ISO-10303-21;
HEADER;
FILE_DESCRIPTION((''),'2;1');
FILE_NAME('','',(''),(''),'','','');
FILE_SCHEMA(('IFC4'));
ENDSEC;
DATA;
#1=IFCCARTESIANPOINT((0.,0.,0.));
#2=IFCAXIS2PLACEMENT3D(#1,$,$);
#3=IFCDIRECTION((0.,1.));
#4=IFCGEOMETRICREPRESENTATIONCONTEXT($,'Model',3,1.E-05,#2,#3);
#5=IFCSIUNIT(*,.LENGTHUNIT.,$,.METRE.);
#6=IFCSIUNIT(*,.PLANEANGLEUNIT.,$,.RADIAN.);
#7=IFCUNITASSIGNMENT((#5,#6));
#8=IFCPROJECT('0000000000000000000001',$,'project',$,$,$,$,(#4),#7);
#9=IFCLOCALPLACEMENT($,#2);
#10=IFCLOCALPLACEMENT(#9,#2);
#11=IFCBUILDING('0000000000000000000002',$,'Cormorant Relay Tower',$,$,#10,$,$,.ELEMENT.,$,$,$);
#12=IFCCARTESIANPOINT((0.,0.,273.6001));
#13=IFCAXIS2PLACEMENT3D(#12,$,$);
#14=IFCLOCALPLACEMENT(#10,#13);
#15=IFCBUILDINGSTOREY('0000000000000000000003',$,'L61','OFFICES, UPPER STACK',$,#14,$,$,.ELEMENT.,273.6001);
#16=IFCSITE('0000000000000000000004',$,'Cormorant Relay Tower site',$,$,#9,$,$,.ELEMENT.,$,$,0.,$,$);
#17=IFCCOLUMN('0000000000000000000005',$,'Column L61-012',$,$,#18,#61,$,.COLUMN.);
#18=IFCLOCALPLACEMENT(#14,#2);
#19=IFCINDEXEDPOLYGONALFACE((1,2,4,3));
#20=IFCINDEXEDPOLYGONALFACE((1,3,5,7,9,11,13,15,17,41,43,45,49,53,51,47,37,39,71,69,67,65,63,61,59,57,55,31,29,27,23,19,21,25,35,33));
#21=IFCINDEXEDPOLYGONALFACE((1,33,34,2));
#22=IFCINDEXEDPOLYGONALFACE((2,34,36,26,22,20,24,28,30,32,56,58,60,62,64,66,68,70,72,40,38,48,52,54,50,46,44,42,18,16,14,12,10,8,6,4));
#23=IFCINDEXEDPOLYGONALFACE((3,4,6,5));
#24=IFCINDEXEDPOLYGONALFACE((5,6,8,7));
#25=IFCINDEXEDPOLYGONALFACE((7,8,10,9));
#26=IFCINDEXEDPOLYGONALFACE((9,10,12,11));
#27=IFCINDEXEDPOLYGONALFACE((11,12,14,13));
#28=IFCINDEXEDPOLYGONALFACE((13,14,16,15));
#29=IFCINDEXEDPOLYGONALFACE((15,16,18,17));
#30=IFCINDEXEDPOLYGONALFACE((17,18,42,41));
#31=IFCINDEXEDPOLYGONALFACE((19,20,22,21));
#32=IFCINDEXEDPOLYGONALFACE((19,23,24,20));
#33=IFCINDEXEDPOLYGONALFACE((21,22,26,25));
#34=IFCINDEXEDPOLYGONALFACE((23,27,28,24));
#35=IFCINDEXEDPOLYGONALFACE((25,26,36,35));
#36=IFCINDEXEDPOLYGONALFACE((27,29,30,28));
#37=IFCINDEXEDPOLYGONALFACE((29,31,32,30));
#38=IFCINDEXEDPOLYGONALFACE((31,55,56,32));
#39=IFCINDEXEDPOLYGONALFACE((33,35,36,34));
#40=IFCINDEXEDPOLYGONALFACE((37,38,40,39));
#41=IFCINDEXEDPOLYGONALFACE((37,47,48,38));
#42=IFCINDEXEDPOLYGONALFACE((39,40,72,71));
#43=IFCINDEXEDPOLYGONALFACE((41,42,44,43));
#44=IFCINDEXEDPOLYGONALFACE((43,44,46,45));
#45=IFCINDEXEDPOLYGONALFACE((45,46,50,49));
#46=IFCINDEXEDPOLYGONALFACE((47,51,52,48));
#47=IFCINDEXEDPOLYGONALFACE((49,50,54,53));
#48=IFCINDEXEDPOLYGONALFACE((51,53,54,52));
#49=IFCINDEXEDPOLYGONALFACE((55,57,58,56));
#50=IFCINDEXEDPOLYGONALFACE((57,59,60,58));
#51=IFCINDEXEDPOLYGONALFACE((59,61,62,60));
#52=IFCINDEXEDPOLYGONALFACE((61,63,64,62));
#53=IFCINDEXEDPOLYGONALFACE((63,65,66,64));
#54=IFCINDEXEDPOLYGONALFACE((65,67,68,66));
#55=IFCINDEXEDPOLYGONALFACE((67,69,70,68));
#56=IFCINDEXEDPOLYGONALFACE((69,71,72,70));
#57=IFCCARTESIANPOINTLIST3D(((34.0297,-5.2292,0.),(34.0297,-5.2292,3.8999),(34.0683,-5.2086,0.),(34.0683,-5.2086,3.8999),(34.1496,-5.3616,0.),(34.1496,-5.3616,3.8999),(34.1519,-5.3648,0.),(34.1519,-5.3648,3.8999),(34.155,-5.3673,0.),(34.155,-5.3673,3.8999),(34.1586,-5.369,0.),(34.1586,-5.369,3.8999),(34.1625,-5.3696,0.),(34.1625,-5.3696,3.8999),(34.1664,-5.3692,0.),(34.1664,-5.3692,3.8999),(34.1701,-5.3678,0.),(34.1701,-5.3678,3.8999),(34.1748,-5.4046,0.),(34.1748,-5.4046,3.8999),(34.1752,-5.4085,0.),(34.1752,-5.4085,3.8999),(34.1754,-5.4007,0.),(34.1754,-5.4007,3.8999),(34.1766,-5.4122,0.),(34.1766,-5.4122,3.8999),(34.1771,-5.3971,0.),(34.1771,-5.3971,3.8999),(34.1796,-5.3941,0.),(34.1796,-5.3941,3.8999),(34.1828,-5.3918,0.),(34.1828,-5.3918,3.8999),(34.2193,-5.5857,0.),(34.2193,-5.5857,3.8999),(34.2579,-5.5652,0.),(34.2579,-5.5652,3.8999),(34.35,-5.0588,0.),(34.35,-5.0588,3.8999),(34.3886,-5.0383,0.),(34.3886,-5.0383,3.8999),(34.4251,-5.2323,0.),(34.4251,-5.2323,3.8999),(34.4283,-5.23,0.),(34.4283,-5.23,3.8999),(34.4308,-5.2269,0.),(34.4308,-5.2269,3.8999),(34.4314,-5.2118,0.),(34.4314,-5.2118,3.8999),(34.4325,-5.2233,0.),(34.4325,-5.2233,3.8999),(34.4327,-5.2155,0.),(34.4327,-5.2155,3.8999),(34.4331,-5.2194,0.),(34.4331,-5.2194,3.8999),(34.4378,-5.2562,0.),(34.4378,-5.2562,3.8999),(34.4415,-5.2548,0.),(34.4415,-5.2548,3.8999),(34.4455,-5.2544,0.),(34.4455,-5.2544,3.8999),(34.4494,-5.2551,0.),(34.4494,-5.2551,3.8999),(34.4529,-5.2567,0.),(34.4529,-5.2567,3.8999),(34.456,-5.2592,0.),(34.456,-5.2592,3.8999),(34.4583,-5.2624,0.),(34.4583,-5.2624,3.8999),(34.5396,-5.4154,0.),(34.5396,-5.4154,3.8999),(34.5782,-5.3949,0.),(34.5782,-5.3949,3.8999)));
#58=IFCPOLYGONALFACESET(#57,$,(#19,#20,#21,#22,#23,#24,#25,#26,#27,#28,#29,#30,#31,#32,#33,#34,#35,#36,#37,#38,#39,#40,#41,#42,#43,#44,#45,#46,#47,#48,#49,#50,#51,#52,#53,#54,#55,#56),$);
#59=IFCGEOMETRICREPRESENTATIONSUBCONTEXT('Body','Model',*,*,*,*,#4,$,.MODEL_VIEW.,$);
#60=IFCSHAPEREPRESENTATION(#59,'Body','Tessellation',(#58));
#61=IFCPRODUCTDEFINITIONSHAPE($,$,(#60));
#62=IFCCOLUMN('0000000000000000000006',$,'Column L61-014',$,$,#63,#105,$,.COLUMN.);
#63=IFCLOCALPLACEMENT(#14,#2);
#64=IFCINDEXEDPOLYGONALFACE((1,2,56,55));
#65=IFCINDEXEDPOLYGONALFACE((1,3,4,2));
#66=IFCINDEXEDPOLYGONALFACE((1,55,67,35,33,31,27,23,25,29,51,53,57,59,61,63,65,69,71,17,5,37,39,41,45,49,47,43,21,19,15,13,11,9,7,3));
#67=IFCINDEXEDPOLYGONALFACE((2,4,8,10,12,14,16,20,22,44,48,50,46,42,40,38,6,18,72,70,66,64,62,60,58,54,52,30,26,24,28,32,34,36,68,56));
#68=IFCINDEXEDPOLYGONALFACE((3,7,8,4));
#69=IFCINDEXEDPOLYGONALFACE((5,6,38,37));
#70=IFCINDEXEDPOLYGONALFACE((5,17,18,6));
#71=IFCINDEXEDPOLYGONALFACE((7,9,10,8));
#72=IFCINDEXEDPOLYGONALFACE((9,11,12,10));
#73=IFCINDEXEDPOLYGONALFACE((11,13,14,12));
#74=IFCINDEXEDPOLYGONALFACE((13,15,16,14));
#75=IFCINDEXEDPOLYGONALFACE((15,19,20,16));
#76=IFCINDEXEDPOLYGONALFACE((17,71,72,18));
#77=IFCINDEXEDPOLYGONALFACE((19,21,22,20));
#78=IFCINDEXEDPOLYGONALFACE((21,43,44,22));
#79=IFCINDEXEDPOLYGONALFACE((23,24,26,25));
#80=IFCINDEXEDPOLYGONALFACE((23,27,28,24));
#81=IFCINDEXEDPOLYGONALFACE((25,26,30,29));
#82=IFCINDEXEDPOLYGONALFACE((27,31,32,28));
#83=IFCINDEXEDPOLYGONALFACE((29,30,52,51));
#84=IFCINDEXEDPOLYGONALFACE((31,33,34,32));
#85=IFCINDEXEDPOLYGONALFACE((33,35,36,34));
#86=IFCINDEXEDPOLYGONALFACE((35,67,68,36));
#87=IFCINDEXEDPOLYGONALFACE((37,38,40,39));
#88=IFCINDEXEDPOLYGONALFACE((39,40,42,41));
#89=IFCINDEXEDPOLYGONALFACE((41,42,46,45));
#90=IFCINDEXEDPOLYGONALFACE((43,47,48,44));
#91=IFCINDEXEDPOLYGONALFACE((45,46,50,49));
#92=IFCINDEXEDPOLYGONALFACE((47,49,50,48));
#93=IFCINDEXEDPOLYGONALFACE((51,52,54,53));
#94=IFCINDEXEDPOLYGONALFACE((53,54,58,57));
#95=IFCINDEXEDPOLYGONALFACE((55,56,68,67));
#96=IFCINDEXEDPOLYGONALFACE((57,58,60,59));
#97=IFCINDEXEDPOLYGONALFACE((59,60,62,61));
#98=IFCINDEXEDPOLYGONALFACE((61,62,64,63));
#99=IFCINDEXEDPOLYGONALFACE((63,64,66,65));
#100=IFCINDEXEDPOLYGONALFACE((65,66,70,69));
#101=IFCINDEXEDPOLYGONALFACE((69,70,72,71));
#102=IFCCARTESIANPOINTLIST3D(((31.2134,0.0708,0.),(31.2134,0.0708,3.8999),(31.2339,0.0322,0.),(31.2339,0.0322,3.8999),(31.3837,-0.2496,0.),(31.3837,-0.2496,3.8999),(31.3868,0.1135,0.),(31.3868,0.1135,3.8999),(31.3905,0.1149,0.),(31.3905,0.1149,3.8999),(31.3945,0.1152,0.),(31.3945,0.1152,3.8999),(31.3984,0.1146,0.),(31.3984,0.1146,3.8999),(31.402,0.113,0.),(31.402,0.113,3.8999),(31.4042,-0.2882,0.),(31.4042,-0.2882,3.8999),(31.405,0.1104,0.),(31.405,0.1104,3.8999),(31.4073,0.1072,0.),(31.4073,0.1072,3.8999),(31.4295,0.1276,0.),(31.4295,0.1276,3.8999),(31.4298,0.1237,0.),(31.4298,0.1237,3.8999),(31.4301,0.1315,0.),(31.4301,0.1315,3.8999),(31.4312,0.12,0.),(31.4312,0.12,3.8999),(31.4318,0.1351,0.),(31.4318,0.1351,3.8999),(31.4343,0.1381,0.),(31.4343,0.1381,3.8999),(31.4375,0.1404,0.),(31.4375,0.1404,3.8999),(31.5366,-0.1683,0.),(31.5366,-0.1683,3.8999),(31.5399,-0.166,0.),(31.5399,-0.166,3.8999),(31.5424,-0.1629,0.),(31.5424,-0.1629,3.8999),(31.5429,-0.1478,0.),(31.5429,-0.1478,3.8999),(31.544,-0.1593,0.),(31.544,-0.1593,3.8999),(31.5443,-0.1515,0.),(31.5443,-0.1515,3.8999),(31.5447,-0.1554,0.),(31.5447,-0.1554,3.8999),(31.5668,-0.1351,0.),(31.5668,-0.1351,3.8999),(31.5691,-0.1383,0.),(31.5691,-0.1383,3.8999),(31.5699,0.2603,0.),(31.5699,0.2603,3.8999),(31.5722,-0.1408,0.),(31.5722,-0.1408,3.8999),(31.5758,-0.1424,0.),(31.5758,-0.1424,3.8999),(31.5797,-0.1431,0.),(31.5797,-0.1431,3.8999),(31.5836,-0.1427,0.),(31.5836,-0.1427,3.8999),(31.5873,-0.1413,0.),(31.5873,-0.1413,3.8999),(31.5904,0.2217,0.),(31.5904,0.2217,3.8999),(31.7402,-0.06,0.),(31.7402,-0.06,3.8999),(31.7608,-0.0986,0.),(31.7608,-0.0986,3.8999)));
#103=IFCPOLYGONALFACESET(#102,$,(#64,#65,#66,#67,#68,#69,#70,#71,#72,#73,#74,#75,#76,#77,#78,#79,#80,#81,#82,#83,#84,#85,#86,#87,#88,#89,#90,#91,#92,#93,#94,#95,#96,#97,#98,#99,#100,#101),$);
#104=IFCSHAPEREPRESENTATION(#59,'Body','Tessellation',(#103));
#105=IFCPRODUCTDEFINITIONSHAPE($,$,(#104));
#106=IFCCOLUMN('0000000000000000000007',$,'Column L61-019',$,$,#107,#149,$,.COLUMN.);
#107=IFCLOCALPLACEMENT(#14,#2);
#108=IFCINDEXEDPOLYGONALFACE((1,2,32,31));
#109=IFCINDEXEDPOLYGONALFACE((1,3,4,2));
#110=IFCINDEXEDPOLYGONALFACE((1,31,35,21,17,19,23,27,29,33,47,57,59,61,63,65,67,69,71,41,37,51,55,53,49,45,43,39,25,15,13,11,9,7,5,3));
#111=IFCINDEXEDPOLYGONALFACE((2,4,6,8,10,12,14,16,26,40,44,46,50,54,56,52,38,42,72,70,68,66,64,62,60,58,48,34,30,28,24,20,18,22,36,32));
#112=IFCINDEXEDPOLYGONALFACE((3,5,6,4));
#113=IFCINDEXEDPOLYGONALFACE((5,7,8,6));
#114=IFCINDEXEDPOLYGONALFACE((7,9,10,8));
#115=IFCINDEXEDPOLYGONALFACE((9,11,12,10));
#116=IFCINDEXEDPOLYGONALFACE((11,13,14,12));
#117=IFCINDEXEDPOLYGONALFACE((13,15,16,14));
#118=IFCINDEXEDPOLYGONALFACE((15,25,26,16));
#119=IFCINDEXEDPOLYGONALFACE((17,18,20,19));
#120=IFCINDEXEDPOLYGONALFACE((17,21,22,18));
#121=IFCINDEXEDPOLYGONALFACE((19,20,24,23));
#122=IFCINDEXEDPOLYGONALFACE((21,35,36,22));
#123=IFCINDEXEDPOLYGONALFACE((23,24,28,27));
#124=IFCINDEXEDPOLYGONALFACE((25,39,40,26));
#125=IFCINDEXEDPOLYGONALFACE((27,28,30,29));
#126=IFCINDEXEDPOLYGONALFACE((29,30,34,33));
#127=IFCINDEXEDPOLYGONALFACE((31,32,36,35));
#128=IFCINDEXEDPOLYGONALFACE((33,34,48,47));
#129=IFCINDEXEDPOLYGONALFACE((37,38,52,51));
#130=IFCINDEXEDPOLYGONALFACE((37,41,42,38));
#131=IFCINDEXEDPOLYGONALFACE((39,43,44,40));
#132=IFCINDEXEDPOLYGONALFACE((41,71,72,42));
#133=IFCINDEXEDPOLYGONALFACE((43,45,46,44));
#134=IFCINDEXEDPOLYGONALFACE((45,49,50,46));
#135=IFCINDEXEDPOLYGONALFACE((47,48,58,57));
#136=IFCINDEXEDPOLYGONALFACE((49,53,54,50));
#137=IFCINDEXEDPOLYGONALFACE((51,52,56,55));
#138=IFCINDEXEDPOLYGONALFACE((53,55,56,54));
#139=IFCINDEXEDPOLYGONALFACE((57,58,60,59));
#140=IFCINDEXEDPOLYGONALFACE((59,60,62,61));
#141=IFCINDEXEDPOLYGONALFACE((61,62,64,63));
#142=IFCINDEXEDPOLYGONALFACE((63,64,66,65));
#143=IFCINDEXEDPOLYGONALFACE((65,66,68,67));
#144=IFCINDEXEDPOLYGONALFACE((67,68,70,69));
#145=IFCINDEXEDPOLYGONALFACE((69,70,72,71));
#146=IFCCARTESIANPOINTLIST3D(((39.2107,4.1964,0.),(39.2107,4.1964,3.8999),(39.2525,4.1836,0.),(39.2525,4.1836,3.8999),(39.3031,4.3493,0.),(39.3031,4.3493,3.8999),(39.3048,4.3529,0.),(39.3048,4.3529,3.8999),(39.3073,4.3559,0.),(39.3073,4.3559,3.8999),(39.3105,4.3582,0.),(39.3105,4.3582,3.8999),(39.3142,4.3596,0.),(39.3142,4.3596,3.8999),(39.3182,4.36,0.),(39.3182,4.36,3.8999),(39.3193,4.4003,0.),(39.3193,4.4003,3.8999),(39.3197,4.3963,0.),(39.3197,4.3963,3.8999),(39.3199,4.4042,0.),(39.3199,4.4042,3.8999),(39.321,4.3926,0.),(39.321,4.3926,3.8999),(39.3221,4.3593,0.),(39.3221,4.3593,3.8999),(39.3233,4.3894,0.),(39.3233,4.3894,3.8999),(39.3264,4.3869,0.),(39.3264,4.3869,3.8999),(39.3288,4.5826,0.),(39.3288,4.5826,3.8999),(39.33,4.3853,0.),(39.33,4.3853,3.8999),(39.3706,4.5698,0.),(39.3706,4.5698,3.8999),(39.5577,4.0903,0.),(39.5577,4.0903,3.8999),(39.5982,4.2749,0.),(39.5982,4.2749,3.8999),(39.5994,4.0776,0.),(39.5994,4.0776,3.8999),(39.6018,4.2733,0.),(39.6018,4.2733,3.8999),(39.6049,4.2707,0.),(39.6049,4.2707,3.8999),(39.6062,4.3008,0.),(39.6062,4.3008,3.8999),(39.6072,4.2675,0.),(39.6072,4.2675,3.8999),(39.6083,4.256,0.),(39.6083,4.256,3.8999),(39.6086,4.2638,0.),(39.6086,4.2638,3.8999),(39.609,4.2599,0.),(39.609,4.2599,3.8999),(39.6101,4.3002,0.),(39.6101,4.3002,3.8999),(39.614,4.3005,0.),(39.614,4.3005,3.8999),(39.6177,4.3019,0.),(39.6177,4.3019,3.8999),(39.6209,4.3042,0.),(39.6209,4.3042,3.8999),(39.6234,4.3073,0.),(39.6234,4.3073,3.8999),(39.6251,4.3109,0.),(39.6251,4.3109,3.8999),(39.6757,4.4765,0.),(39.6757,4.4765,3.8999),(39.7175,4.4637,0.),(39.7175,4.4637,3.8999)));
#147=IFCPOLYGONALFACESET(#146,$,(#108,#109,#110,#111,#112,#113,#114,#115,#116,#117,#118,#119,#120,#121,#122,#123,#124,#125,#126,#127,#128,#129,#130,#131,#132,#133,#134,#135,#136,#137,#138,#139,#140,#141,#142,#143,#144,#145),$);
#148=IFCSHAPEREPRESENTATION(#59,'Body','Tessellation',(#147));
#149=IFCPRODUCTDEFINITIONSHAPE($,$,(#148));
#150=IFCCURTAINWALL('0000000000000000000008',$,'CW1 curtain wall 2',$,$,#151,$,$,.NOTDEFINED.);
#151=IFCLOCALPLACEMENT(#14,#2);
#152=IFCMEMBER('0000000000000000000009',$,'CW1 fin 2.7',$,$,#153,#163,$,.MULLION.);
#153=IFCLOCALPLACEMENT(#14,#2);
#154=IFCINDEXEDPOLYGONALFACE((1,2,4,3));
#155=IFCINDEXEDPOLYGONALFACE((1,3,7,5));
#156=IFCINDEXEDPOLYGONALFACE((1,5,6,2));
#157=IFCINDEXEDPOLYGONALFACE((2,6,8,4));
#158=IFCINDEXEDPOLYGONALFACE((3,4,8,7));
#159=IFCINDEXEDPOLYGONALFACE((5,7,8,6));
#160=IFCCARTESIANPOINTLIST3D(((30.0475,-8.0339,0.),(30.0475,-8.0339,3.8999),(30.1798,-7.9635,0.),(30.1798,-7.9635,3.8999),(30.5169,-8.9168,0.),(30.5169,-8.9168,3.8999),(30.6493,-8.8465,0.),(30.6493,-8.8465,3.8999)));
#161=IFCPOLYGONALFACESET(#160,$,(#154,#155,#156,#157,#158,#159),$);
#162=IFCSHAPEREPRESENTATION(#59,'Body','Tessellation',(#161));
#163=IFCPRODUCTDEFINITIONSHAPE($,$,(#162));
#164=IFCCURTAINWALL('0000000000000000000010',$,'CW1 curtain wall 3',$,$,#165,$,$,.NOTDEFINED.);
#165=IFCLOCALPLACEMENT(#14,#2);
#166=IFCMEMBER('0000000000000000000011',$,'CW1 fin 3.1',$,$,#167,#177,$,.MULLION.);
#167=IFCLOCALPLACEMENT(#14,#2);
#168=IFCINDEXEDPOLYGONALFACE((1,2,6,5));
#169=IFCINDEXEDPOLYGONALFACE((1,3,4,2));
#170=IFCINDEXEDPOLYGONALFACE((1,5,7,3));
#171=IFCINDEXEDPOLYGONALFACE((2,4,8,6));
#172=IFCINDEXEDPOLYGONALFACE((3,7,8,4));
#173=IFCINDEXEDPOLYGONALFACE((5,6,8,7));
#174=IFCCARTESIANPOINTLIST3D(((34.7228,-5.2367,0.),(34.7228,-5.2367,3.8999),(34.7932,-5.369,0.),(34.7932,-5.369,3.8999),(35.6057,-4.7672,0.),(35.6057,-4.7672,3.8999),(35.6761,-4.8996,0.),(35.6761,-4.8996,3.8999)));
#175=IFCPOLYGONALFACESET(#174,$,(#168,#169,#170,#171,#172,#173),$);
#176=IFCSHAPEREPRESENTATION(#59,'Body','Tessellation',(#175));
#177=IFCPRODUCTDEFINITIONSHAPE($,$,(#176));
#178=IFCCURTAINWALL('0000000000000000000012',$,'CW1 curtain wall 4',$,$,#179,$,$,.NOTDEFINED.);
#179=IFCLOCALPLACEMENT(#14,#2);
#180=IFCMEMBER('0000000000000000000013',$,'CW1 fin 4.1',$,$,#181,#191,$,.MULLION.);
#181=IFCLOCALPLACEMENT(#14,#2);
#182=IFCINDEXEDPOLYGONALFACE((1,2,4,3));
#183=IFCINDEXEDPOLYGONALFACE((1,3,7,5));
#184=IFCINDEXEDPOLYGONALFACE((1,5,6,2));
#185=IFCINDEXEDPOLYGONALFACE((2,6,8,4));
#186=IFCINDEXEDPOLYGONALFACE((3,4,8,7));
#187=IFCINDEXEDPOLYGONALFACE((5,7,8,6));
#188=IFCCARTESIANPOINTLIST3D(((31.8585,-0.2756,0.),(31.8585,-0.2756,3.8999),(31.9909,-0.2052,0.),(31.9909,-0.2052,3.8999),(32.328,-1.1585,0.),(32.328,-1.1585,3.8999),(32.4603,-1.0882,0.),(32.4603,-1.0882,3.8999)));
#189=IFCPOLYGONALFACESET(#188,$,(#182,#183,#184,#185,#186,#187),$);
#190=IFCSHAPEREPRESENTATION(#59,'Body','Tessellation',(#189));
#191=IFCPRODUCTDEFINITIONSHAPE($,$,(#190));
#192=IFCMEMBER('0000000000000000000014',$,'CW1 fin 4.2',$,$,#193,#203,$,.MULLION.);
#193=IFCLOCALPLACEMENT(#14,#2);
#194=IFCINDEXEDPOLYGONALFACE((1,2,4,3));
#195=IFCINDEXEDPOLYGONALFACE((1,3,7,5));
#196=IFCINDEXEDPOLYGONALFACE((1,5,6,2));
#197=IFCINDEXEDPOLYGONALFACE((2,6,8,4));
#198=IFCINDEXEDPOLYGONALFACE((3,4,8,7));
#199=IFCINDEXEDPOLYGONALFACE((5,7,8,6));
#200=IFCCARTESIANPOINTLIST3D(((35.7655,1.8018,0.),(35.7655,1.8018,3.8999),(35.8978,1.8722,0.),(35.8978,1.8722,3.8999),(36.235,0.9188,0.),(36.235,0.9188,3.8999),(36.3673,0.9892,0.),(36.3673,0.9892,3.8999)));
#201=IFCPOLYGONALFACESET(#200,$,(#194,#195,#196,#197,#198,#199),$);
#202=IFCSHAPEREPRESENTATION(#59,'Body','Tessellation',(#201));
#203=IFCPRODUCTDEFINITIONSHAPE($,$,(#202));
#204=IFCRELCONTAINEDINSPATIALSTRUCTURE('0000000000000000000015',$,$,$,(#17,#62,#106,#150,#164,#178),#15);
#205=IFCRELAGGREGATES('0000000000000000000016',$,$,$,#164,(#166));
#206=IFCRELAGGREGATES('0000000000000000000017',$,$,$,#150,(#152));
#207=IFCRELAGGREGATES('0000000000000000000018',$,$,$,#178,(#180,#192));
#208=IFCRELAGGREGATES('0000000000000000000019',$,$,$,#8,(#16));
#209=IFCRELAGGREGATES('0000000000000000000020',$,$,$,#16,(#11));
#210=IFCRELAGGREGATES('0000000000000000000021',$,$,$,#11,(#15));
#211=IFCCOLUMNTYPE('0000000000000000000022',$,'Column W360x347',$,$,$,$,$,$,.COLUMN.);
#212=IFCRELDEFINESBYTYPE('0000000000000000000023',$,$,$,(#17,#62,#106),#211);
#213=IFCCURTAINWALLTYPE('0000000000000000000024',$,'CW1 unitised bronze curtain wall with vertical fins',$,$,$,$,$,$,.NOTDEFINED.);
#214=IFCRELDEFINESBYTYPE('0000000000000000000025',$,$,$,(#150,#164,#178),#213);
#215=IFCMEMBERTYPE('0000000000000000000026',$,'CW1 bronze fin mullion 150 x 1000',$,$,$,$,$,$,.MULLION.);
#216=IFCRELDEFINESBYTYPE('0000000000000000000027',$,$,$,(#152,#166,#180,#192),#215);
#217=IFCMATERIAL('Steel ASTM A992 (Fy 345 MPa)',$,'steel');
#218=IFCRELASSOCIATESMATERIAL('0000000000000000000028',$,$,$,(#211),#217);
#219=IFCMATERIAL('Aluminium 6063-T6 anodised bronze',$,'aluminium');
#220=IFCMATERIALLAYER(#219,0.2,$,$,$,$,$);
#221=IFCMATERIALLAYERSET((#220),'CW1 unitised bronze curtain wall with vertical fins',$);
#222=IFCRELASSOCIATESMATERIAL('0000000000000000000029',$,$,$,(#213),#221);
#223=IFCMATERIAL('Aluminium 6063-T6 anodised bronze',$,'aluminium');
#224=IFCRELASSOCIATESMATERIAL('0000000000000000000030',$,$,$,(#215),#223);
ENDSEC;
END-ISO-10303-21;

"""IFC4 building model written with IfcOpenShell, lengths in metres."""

from ifc_helpers import new_model, si_unit, direction, frame, origin, origin_2d, place, context, subcontext, project, spatial, rectangle, i_section, extrude, material, layer, layer_set, material_profile, profile_set, type_object, element, aggregate, save


model = new_model("IFC4")

# Units and contexts
model_context = context("Model", 3, precision=1e-05, world=origin(), true_north=direction((0.0, 1.0)))
body_context = subcontext(model_context, "Body", "Model", "MODEL_VIEW")
ifc_project = project(units=[si_unit("LENGTHUNIT", "METRE"), si_unit("PLANEANGLEUNIT", "RADIAN")], contexts=[model_context])

# Site, building, storey
site_placement = place(None, origin())
site = spatial("IfcSite", under=ifc_project, at=site_placement, Name="Cormorant Relay Tower site", CompositionType="ELEMENT", RefElevation=0.0)
building_placement = place(site_placement, origin())
building = spatial("IfcBuilding", under=site, at=building_placement, Name="Cormorant Relay Tower", CompositionType="ELEMENT")
storey_placement = place(building_placement, frame((0.0, 0.0, 273.6001)))
storey = spatial("IfcBuildingStorey", under=building, at=storey_placement, Name="L61", Description="OFFICES, UPPER STACK", CompositionType="ELEMENT", Elevation=273.6001)

# Columns
ifc_material_1 = material(Name="Steel ASTM A992 (Fy 345 MPa)", Category="steel")
ifc_material_profile_1 = material_profile(ifc_material_1, i_section(OverallWidth=0.4038, OverallDepth=0.4065, WebThickness=0.0271, FlangeThickness=0.0437, FilletRadius=0.0151, at=origin_2d()), Name="W360x347")
ifc_profile_set_1 = profile_set([ifc_material_profile_1], Name="Steel ASTM A992 (Fy 345 MPa)")
column_type = type_object("IfcColumnType", Name="Column W360x347", PredefinedType="COLUMN", material=ifc_profile_set_1)
for number, where, z_axis, x_axis, name in (
    (1, (34.304, -5.312, 0.0), (0.0, 0.0, 1.0), (-0.469472, 0.882948, 0.0), "Column L61-012"),
    (2, (31.4871, -0.0139, 0.0), (0.0, 0.0, 1.0), (0.882948, 0.469472, 0.0), "Column L61-014"),
    (3, (39.4641, 4.3301, 0.0), (0.0, 0.0, 1.0), (0.292372, 0.956305, 0.0), "Column L61-019"),
):
    element("IfcColumn", number, at=place(storey_placement, frame(where, z_axis=z_axis, x_axis=x_axis)), inside=storey, type_object=column_type, Name=name, PredefinedType="COLUMN", context=body_context, shape_type="SweptSolid", body=[
        extrude(i_section(OverallWidth=0.4038, OverallDepth=0.4065, WebThickness=0.0271, FlangeThickness=0.0437, FilletRadius=0.0151, at=origin_2d()), origin(), (0.0, 0.0, 1.0), 3.8999),
    ])

# Curtain walls, members
ifc_material_2 = material(Name="Aluminium 6063-T6 anodised bronze", Category="aluminium")
ifc_layer_1 = layer(ifc_material_2, 0.2)
ifc_layer_set_1 = layer_set([ifc_layer_1], Name="CW1 unitised bronze curtain wall with vertical fins")
curtain_wall_type = type_object("IfcCurtainWallType", Name="CW1 unitised bronze curtain wall with vertical fins", PredefinedType="NOTDEFINED", material=ifc_layer_set_1)
curtain_wall_1_placement = place(storey_placement, origin())
curtain_wall_1 = element("IfcCurtainWall", 4, at=curtain_wall_1_placement, inside=storey, type_object=curtain_wall_type, Name="CW1 curtain wall 2", PredefinedType="NOTDEFINED")
ifc_material_3 = material(Name="Aluminium 6063-T6 anodised bronze", Category="aluminium")
ifc_material_profile_2 = material_profile(ifc_material_3, rectangle(XDim=0.1499, YDim=1.0, at=origin_2d()), Name="AL 150x1000")
ifc_profile_set_2 = profile_set([ifc_material_profile_2], Name="Aluminium 6063-T6 anodised bronze")
member_type_1 = type_object("IfcMemberType", Name="CW1 bronze fin mullion 150 x 1000", PredefinedType="MULLION", material=ifc_profile_set_2)
member_1_placement = place(storey_placement, frame((30.3484, -8.4402, 0.0), z_axis=(0.0, 0.0, 1.0), x_axis=(0.882948, 0.469472, 0.0)))
member_1 = element("IfcMember", 5, at=member_1_placement, type_object=member_type_1, Name="CW1 fin 2.7", PredefinedType="MULLION", context=body_context, shape_type="SweptSolid", body=[
    extrude(rectangle(XDim=0.1499, YDim=1.0, at=origin_2d()), origin(), (0.0, 0.0, 1.0), 3.8999),
])
curtain_wall_2_placement = place(storey_placement, origin())
curtain_wall_2 = element("IfcCurtainWall", 6, at=curtain_wall_2_placement, inside=storey, type_object=curtain_wall_type, Name="CW1 curtain wall 3", PredefinedType="NOTDEFINED")
member_2_placement = place(storey_placement, frame((35.1995, -5.0681, 0.0), z_axis=(0.0, 0.0, 1.0), x_axis=(-0.469472, 0.882948, 0.0)))
member_2 = element("IfcMember", 7, at=member_2_placement, type_object=member_type_1, Name="CW1 fin 3.1", PredefinedType="MULLION", context=body_context, shape_type="SweptSolid", body=[
    extrude(rectangle(XDim=0.1499, YDim=1.0, at=origin_2d()), origin(), (0.0, 0.0, 1.0), 3.8999),
])

# Curtain wall, members
curtain_wall_3_placement = place(storey_placement, origin())
curtain_wall_3 = element("IfcCurtainWall", 8, at=curtain_wall_3_placement, inside=storey, type_object=curtain_wall_type, Name="CW1 curtain wall 4", PredefinedType="NOTDEFINED")
member_3_placement = place(storey_placement, frame((32.1594, -0.6819, 0.0), z_axis=(0.0, 0.0, 1.0), x_axis=(0.882948, 0.469472, 0.0)))
member_3 = element("IfcMember", 9, at=member_3_placement, type_object=member_type_1, Name="CW1 fin 4.1", PredefinedType="MULLION", context=body_context, shape_type="SweptSolid", body=[
    extrude(rectangle(XDim=0.1499, YDim=1.0, at=origin_2d()), origin(), (0.0, 0.0, 1.0), 3.8999),
])
member_4_placement = place(storey_placement, frame((36.0664, 1.3955, 0.0), z_axis=(0.0, 0.0, 1.0), x_axis=(0.882948, 0.469472, 0.0)))
member_4 = element("IfcMember", 10, at=member_4_placement, type_object=member_type_1, Name="CW1 fin 4.2", PredefinedType="MULLION", context=body_context, shape_type="SweptSolid", body=[
    extrude(rectangle(XDim=0.1499, YDim=1.0, at=origin_2d()), origin(), (0.0, 0.0, 1.0), 3.8999),
])

aggregate(curtain_wall_2, [member_2])

aggregate(curtain_wall_1, [member_1])
aggregate(curtain_wall_3, [member_3, member_4])

save(model, "model.ifc")
